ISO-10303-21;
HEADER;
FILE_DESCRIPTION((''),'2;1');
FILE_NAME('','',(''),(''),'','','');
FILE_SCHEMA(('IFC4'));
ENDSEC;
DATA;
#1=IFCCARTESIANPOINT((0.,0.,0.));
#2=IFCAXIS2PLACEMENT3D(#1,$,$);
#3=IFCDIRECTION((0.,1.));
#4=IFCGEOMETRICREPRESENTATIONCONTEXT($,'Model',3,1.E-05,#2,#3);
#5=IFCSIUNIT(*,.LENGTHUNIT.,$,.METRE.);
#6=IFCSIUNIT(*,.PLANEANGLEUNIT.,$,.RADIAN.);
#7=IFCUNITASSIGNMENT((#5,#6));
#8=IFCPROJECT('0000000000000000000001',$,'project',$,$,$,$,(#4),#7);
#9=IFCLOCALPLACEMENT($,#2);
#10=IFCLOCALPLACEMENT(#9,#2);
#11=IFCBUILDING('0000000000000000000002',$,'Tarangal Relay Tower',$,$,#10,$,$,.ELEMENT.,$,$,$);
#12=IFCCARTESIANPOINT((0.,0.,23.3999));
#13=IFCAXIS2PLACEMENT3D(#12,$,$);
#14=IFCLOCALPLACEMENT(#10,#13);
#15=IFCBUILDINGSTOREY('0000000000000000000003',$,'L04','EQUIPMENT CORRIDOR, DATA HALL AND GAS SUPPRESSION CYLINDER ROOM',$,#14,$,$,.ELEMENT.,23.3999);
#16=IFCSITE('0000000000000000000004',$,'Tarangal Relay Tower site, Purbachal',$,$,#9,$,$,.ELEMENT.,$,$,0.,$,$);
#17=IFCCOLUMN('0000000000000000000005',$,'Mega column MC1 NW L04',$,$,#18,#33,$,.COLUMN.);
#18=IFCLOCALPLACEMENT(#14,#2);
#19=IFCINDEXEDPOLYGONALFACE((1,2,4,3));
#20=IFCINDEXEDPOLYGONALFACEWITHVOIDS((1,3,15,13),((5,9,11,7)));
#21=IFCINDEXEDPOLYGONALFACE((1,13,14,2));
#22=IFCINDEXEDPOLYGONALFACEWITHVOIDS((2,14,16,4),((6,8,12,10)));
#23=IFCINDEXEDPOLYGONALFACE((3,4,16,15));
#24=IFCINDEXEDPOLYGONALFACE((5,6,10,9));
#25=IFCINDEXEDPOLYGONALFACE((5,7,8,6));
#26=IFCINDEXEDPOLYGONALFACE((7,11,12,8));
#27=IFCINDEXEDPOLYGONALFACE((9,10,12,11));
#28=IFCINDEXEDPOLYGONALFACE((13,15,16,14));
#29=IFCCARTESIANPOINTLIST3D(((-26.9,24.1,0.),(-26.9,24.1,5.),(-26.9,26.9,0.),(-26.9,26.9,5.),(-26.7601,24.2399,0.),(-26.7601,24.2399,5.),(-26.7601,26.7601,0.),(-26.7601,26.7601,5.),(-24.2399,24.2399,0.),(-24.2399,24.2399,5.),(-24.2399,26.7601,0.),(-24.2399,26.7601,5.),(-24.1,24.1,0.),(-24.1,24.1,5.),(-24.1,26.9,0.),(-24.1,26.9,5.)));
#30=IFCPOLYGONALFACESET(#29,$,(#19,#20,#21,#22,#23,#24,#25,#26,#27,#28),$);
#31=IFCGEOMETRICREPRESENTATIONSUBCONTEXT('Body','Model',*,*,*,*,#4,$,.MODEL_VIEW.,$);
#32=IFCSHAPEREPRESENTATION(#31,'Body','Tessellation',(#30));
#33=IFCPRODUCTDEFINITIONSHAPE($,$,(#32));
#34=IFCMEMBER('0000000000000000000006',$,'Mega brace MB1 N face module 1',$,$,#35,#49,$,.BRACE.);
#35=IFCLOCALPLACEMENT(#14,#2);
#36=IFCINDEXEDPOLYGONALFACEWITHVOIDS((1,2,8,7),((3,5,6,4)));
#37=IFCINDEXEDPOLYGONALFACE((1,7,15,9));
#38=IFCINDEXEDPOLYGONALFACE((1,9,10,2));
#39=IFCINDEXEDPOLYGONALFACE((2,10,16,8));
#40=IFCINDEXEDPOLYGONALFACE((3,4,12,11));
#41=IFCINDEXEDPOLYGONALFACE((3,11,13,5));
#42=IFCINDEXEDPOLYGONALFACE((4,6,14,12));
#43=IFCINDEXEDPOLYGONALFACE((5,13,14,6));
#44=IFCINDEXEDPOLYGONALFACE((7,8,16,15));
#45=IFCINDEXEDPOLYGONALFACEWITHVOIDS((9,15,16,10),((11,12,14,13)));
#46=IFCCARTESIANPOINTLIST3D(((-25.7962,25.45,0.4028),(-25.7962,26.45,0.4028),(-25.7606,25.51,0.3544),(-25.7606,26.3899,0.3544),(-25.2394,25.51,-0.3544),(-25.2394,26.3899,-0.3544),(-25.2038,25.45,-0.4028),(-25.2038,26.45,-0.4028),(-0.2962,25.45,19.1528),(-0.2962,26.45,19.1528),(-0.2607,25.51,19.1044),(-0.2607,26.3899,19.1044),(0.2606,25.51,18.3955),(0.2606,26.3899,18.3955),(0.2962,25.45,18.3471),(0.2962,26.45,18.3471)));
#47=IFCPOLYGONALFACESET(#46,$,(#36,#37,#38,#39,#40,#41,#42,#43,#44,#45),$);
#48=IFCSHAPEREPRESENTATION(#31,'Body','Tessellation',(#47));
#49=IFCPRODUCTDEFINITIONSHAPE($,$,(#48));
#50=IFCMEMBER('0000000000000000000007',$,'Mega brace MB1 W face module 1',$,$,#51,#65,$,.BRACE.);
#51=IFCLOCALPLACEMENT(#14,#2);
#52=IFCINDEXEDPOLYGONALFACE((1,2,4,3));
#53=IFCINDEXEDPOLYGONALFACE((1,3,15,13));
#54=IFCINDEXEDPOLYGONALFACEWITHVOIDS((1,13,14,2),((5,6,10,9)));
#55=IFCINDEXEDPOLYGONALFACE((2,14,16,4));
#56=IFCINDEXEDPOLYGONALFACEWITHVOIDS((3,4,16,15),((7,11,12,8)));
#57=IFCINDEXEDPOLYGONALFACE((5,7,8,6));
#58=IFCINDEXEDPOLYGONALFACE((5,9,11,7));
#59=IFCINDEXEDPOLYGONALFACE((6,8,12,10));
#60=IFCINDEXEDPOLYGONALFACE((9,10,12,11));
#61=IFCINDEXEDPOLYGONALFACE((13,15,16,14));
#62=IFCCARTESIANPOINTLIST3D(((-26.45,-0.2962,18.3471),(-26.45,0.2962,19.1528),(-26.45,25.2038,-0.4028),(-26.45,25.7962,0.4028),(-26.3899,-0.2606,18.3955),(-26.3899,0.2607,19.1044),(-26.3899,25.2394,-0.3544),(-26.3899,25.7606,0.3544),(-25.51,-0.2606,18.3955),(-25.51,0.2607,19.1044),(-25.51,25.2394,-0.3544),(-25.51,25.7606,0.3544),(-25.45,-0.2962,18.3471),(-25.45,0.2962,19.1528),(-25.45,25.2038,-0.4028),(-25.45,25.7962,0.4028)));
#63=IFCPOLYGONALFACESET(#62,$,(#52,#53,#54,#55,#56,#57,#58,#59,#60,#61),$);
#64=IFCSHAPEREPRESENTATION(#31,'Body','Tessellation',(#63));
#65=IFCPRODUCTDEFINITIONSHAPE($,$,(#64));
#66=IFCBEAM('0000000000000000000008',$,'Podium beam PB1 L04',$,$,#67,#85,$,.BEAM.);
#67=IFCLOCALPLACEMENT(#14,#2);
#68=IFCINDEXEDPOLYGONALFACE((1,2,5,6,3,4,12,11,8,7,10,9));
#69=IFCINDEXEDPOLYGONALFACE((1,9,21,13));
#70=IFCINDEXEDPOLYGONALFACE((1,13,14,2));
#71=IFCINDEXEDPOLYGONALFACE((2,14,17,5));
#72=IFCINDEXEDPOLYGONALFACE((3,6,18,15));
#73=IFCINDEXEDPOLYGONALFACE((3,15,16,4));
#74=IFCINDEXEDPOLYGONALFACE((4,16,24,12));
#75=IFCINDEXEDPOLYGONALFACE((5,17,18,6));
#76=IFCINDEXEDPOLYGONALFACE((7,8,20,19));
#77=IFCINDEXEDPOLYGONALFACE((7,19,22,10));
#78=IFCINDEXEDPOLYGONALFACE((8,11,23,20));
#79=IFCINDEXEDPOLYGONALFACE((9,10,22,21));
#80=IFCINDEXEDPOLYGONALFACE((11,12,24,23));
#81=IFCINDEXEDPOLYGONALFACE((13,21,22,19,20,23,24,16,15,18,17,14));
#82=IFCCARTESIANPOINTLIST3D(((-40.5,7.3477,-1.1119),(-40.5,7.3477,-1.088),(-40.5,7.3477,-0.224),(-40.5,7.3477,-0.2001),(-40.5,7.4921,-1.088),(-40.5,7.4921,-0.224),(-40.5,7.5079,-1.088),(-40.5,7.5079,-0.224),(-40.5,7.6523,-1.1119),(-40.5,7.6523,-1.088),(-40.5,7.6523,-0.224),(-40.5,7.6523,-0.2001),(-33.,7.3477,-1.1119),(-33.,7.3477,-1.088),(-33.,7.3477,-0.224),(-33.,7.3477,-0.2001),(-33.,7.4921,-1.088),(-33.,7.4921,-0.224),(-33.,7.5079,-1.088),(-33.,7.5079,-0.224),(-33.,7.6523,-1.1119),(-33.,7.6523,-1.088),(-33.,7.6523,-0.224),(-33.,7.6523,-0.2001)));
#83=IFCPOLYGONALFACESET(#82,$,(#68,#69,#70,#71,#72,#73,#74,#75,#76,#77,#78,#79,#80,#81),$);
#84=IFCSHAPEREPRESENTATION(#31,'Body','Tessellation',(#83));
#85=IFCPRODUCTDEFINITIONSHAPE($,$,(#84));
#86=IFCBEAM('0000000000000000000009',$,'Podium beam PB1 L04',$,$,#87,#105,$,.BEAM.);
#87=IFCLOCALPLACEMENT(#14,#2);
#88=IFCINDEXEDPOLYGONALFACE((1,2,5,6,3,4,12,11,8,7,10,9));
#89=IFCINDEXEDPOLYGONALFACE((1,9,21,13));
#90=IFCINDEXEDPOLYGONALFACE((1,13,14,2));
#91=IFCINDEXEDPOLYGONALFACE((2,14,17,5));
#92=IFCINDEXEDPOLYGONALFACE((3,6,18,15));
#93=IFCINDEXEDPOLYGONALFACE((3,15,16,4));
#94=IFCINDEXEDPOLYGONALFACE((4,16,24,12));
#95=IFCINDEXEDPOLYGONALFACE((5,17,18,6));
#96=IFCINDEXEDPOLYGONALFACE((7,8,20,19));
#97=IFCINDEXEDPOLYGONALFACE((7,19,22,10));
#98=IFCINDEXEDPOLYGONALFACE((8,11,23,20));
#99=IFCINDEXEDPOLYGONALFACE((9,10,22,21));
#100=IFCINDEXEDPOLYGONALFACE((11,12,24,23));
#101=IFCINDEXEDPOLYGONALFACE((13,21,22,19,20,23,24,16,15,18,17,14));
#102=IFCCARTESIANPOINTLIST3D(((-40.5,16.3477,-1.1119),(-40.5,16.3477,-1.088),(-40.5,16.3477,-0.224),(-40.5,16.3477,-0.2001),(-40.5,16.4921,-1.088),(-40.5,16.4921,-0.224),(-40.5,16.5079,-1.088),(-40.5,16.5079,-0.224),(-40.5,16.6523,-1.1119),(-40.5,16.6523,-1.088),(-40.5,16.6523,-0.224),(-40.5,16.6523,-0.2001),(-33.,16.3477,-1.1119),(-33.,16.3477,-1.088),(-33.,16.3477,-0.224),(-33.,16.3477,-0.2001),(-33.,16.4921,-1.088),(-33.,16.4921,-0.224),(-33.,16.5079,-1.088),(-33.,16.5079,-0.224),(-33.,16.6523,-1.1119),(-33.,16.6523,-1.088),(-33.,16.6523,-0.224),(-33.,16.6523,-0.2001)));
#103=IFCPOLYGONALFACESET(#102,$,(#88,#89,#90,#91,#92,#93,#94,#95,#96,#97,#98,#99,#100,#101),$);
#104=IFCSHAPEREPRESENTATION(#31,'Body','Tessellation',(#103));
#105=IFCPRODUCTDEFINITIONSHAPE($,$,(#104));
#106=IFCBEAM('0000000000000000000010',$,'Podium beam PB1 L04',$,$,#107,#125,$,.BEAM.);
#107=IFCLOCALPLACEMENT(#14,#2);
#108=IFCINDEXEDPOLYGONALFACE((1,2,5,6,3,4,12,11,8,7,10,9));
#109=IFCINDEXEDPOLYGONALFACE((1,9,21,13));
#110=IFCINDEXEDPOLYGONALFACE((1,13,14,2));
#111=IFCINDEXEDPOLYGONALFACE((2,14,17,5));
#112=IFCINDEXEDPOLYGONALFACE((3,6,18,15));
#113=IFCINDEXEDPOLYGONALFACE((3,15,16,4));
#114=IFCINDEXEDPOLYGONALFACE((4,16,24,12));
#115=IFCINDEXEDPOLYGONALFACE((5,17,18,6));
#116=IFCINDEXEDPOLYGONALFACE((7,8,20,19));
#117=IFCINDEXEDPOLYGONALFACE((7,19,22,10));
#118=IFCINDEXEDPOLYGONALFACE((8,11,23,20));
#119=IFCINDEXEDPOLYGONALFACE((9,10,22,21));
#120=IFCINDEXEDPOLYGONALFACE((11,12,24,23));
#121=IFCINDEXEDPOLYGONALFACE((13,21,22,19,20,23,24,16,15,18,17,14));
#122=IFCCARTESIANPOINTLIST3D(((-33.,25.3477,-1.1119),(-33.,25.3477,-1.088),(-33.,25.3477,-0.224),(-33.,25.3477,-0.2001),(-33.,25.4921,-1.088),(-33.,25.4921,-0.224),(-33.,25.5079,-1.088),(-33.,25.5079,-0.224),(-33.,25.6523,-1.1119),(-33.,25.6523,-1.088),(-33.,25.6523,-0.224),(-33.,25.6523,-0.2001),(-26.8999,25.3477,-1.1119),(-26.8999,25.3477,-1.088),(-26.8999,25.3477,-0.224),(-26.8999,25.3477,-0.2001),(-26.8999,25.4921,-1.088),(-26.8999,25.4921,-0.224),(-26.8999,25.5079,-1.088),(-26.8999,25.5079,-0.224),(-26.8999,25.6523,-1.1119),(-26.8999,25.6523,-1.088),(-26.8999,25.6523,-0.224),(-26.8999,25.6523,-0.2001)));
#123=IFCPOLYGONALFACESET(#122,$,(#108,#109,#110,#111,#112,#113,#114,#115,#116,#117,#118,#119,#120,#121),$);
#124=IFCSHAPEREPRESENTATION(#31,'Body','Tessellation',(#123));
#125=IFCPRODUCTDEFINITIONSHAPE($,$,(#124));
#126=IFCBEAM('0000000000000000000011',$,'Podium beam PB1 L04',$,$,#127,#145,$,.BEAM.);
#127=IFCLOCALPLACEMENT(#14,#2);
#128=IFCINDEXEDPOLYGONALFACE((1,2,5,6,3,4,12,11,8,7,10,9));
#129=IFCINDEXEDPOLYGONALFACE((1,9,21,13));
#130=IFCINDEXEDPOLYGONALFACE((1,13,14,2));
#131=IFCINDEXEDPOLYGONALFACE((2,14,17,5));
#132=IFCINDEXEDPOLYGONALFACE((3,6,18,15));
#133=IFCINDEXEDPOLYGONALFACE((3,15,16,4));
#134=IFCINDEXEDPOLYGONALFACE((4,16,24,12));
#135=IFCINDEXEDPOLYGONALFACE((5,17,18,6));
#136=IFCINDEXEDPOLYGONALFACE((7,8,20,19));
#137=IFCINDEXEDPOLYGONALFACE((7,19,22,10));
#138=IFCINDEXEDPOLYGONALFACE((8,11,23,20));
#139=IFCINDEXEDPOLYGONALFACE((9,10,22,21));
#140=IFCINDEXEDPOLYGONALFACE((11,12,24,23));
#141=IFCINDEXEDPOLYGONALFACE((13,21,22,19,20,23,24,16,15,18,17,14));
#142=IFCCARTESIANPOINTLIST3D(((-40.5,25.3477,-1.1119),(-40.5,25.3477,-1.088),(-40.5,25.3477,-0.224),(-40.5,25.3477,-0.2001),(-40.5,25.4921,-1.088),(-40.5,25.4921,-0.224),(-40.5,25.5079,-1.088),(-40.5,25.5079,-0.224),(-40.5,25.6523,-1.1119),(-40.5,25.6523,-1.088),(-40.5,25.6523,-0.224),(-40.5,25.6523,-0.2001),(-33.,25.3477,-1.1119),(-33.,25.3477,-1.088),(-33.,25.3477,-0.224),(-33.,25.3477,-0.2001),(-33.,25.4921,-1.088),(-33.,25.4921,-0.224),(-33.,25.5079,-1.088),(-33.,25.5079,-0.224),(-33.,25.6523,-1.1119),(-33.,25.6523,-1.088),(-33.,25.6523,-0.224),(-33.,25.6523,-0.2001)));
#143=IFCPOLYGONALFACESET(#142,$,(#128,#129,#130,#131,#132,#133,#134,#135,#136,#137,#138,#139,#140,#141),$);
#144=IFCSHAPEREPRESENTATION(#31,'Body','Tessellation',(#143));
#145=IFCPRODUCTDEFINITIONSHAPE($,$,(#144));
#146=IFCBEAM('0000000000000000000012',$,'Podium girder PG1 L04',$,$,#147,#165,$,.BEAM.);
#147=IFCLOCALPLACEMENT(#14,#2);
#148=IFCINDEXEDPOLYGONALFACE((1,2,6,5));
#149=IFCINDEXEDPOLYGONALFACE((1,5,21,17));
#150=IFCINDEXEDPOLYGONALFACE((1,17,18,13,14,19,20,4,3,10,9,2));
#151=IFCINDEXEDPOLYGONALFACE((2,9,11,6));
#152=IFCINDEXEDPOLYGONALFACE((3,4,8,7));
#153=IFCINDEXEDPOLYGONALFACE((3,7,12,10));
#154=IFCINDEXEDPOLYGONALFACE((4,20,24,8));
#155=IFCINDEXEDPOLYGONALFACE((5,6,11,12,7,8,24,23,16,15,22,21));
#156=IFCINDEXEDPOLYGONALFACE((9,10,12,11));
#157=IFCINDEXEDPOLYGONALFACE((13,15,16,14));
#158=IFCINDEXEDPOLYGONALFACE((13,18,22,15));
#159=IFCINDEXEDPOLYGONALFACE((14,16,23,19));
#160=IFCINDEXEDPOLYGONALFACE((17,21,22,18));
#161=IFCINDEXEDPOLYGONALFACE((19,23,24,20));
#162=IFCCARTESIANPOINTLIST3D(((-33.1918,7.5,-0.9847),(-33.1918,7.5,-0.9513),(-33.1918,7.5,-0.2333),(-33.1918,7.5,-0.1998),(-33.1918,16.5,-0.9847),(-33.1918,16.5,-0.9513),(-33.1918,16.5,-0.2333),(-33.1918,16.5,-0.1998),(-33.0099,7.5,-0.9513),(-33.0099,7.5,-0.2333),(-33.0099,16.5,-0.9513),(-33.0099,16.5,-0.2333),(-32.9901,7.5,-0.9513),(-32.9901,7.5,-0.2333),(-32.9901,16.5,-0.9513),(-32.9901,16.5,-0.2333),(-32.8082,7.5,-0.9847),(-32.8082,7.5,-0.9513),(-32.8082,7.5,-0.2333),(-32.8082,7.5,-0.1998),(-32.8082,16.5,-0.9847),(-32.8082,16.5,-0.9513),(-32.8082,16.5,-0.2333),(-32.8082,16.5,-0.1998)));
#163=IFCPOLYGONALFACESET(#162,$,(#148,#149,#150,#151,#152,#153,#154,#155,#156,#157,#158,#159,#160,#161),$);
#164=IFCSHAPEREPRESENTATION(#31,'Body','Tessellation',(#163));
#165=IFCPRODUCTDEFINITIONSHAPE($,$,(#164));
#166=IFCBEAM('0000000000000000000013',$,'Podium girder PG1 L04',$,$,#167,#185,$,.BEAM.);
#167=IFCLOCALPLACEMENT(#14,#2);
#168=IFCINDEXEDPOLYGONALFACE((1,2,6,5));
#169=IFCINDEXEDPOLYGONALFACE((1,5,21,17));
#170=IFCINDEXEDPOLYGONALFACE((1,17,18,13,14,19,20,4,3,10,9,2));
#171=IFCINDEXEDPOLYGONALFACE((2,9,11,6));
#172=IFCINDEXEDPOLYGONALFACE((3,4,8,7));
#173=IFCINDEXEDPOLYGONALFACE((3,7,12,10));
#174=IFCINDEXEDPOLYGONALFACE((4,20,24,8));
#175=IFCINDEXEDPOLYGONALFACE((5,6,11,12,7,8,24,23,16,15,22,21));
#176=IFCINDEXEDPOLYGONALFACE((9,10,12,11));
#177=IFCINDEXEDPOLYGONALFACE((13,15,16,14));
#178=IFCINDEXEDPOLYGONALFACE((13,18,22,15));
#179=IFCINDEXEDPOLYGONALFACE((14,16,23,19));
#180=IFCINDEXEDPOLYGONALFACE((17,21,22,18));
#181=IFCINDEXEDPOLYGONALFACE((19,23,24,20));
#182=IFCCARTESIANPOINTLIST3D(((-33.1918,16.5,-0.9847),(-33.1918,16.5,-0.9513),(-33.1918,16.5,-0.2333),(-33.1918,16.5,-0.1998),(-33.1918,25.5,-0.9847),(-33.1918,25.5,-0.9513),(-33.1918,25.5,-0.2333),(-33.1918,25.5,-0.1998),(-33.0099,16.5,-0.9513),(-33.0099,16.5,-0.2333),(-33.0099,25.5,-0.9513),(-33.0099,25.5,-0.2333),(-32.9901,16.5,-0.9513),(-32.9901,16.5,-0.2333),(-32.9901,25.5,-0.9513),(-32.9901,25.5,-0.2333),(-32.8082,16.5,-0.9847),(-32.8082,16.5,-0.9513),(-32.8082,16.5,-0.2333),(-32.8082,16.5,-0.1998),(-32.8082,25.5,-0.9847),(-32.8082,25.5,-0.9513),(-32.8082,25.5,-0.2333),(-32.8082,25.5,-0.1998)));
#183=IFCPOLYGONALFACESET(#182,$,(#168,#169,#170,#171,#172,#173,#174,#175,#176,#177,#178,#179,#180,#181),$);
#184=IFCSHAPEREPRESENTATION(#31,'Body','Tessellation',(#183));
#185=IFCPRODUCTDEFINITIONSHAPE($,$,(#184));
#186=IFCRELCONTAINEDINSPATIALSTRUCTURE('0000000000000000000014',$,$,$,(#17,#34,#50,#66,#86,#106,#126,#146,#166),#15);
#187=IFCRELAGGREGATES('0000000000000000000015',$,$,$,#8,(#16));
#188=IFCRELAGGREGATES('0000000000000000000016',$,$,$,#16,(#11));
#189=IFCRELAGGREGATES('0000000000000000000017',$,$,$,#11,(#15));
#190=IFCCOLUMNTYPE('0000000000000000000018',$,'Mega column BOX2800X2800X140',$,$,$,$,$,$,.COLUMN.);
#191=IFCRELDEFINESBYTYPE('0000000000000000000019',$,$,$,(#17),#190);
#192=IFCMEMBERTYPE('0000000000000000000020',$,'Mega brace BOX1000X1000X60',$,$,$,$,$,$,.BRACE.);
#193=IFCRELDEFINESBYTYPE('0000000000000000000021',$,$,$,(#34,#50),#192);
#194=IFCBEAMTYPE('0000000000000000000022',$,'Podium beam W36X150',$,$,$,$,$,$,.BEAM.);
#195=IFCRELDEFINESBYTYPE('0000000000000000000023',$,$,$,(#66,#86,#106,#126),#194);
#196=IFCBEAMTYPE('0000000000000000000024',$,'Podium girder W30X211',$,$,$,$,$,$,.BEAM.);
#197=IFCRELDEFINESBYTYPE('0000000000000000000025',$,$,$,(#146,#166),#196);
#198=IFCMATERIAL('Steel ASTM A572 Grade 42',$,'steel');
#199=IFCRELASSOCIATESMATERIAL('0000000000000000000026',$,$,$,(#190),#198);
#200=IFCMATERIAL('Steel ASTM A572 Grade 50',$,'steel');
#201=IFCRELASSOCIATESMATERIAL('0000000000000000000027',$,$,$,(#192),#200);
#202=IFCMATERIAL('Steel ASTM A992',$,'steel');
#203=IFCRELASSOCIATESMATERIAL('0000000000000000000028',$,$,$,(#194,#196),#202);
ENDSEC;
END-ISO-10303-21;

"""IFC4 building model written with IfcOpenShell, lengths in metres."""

from ifc_helpers import new_model, si_unit, direction, frame, origin, origin_2d, place, context, subcontext, project, spatial, hollow_rectangle, i_section, extrude, material, material_profile, profile_set, type_object, element, save


model = new_model("IFC4")

# Units and contexts
model_context = context("Model", 3, precision=1e-05, world=origin(), true_north=direction((0.0, 1.0)))
body_context = subcontext(model_context, "Body", "Model", "MODEL_VIEW")
ifc_project = project(units=[si_unit("LENGTHUNIT", "METRE"), si_unit("PLANEANGLEUNIT", "RADIAN")], contexts=[model_context])

# Site, building, storey
site_placement = place(None, origin())
site = spatial("IfcSite", under=ifc_project, at=site_placement, Name="Tarangal Relay Tower site, Purbachal", CompositionType="ELEMENT", RefElevation=0.0)
building_placement = place(site_placement, origin())
building = spatial("IfcBuilding", under=site, at=building_placement, Name="Tarangal Relay Tower", CompositionType="ELEMENT")
storey_placement = place(building_placement, frame((0.0, 0.0, 23.3999)))
storey = spatial("IfcBuildingStorey", under=building, at=storey_placement, Name="L04", Description="EQUIPMENT CORRIDOR, DATA HALL AND GAS SUPPRESSION CYLINDER ROOM", CompositionType="ELEMENT", Elevation=23.3999)

# Column
ifc_material_1 = material(Name="Steel ASTM A572 Grade 42", Category="steel")
ifc_material_profile_1 = material_profile(ifc_material_1, hollow_rectangle(XDim=2.8, YDim=2.8, WallThickness=0.1399, at=origin_2d()), Name="BOX2800X2800X140")
ifc_profile_set_1 = profile_set([ifc_material_profile_1], Name="Steel ASTM A572 Grade 42")
column_type = type_object("IfcColumnType", Name="Mega column BOX2800X2800X140", PredefinedType="COLUMN", material=ifc_profile_set_1)
column_placement = place(storey_placement, frame((-25.5, 25.5, 0.0), z_axis=(0.0, 0.0, 1.0), x_axis=(1.0, 0.0, 0.0)))
element("IfcColumn", 1, at=column_placement, inside=storey, type_object=column_type, Name="Mega column MC1 NW L04", PredefinedType="COLUMN", context=body_context, shape_type="SweptSolid", body=[
    extrude(hollow_rectangle(XDim=2.8, YDim=2.8, WallThickness=0.1399, at=origin_2d()), origin(), (0.0, 0.0, 1.0), 5.0),
])

# Members
ifc_material_2 = material(Name="Steel ASTM A572 Grade 50", Category="steel")
ifc_material_profile_2 = material_profile(ifc_material_2, hollow_rectangle(XDim=1.0, YDim=1.0, WallThickness=0.0601, at=origin_2d()), Name="BOX1000X1000X60")
ifc_profile_set_2 = profile_set([ifc_material_profile_2], Name="Steel ASTM A572 Grade 50")
member_type = type_object("IfcMemberType", Name="Mega brace BOX1000X1000X60", PredefinedType="BRACE", material=ifc_profile_set_2)
for number, where, z_axis, x_axis, name in (
    (2, (-25.5, 25.95, 0.0), (0.805651, 0.0, 0.59239), (0.0, 1.0, 0.0), "Mega brace MB1 N face module 1"),
    (3, (-25.95, 25.5, 0.0), (0.0, -0.805651, 0.59239), (1.0, 0.0, 0.0), "Mega brace MB1 W face module 1"),
):
    element("IfcMember", number, at=place(storey_placement, frame(where, z_axis=z_axis, x_axis=x_axis)), inside=storey, type_object=member_type, Name=name, PredefinedType="BRACE", context=body_context, shape_type="SweptSolid", body=[
        extrude(hollow_rectangle(XDim=1.0, YDim=1.0, WallThickness=0.0601, at=origin_2d()), origin(), (0.0, 0.0, 1.0), 31.6514),
    ])

# Beams
ifc_material_3 = material(Name="Steel ASTM A992", Category="steel")
ifc_material_profile_3 = material_profile(ifc_material_3, i_section(OverallWidth=0.3047, OverallDepth=0.9119, WebThickness=0.0159, FlangeThickness=0.0239, at=origin_2d()), Name="W36X150")
ifc_profile_set_3 = profile_set([ifc_material_profile_3], Name="Steel ASTM A992")
beam_type_1 = type_object("IfcBeamType", Name="Podium beam W36X150", PredefinedType="BEAM", material=ifc_profile_set_3)
for number, where, z_axis, x_axis, name in (
    (4, (-33.0, 7.5, -0.656), (-1.0, 0.0, 0.0), (0.0, -1.0, 0.0), "Podium beam PB1 L04"),
    (5, (-33.0, 16.5, -0.656), (-1.0, 0.0, 0.0), (0.0, -1.0, 0.0), "Podium beam PB1 L04"),
):
    element("IfcBeam", number, at=place(storey_placement, frame(where, z_axis=z_axis, x_axis=x_axis)), inside=storey, type_object=beam_type_1, Name=name, PredefinedType="BEAM", context=body_context, shape_type="SweptSolid", body=[
        extrude(i_section(OverallWidth=0.3047, OverallDepth=0.9119, WebThickness=0.0159, FlangeThickness=0.0239, at=origin_2d()), origin(), (0.0, 0.0, 1.0), 7.5),
    ])
beam_1_placement = place(storey_placement, frame((-26.8999, 25.5, -0.656), z_axis=(-1.0, 0.0, 0.0), x_axis=(0.0, -1.0, 0.0)))
element("IfcBeam", 6, at=beam_1_placement, inside=storey, type_object=beam_type_1, Name="Podium beam PB1 L04", PredefinedType="BEAM", context=body_context, shape_type="SweptSolid", body=[
    extrude(i_section(OverallWidth=0.3047, OverallDepth=0.9119, WebThickness=0.0159, FlangeThickness=0.0239, at=origin_2d()), origin(), (0.0, 0.0, 1.0), 6.1001),
])
beam_2_placement = place(storey_placement, frame((-33.0, 25.5, -0.656), z_axis=(-1.0, 0.0, 0.0), x_axis=(0.0, -1.0, 0.0)))
element("IfcBeam", 7, at=beam_2_placement, inside=storey, type_object=beam_type_1, Name="Podium beam PB1 L04", PredefinedType="BEAM", context=body_context, shape_type="SweptSolid", body=[
    extrude(i_section(OverallWidth=0.3047, OverallDepth=0.9119, WebThickness=0.0159, FlangeThickness=0.0239, at=origin_2d()), origin(), (0.0, 0.0, 1.0), 7.5),
])
ifc_material_profile_4 = material_profile(ifc_material_3, i_section(OverallWidth=0.3835, OverallDepth=0.7849, WebThickness=0.0198, FlangeThickness=0.0334, at=origin_2d()), Name="W30X211")
ifc_profile_set_4 = profile_set([ifc_material_profile_4], Name="Steel ASTM A992")
beam_type_2 = type_object("IfcBeamType", Name="Podium girder W30X211", PredefinedType="BEAM", material=ifc_profile_set_4)
for number, where, z_axis, x_axis, name in (
    (8, (-33.0, 7.5, -0.5923), (0.0, 1.0, 0.0), (-1.0, 0.0, 0.0), "Podium girder PG1 L04"),
    (9, (-33.0, 16.5, -0.5923), (0.0, 1.0, 0.0), (-1.0, 0.0, 0.0), "Podium girder PG1 L04"),
):
    element("IfcBeam", number, at=place(storey_placement, frame(where, z_axis=z_axis, x_axis=x_axis)), inside=storey, type_object=beam_type_2, Name=name, PredefinedType="BEAM", context=body_context, shape_type="SweptSolid", body=[
        extrude(i_section(OverallWidth=0.3835, OverallDepth=0.7849, WebThickness=0.0198, FlangeThickness=0.0334, at=origin_2d()), origin(), (0.0, 0.0, 1.0), 9.0),
    ])

save(model, "model.ifc")
